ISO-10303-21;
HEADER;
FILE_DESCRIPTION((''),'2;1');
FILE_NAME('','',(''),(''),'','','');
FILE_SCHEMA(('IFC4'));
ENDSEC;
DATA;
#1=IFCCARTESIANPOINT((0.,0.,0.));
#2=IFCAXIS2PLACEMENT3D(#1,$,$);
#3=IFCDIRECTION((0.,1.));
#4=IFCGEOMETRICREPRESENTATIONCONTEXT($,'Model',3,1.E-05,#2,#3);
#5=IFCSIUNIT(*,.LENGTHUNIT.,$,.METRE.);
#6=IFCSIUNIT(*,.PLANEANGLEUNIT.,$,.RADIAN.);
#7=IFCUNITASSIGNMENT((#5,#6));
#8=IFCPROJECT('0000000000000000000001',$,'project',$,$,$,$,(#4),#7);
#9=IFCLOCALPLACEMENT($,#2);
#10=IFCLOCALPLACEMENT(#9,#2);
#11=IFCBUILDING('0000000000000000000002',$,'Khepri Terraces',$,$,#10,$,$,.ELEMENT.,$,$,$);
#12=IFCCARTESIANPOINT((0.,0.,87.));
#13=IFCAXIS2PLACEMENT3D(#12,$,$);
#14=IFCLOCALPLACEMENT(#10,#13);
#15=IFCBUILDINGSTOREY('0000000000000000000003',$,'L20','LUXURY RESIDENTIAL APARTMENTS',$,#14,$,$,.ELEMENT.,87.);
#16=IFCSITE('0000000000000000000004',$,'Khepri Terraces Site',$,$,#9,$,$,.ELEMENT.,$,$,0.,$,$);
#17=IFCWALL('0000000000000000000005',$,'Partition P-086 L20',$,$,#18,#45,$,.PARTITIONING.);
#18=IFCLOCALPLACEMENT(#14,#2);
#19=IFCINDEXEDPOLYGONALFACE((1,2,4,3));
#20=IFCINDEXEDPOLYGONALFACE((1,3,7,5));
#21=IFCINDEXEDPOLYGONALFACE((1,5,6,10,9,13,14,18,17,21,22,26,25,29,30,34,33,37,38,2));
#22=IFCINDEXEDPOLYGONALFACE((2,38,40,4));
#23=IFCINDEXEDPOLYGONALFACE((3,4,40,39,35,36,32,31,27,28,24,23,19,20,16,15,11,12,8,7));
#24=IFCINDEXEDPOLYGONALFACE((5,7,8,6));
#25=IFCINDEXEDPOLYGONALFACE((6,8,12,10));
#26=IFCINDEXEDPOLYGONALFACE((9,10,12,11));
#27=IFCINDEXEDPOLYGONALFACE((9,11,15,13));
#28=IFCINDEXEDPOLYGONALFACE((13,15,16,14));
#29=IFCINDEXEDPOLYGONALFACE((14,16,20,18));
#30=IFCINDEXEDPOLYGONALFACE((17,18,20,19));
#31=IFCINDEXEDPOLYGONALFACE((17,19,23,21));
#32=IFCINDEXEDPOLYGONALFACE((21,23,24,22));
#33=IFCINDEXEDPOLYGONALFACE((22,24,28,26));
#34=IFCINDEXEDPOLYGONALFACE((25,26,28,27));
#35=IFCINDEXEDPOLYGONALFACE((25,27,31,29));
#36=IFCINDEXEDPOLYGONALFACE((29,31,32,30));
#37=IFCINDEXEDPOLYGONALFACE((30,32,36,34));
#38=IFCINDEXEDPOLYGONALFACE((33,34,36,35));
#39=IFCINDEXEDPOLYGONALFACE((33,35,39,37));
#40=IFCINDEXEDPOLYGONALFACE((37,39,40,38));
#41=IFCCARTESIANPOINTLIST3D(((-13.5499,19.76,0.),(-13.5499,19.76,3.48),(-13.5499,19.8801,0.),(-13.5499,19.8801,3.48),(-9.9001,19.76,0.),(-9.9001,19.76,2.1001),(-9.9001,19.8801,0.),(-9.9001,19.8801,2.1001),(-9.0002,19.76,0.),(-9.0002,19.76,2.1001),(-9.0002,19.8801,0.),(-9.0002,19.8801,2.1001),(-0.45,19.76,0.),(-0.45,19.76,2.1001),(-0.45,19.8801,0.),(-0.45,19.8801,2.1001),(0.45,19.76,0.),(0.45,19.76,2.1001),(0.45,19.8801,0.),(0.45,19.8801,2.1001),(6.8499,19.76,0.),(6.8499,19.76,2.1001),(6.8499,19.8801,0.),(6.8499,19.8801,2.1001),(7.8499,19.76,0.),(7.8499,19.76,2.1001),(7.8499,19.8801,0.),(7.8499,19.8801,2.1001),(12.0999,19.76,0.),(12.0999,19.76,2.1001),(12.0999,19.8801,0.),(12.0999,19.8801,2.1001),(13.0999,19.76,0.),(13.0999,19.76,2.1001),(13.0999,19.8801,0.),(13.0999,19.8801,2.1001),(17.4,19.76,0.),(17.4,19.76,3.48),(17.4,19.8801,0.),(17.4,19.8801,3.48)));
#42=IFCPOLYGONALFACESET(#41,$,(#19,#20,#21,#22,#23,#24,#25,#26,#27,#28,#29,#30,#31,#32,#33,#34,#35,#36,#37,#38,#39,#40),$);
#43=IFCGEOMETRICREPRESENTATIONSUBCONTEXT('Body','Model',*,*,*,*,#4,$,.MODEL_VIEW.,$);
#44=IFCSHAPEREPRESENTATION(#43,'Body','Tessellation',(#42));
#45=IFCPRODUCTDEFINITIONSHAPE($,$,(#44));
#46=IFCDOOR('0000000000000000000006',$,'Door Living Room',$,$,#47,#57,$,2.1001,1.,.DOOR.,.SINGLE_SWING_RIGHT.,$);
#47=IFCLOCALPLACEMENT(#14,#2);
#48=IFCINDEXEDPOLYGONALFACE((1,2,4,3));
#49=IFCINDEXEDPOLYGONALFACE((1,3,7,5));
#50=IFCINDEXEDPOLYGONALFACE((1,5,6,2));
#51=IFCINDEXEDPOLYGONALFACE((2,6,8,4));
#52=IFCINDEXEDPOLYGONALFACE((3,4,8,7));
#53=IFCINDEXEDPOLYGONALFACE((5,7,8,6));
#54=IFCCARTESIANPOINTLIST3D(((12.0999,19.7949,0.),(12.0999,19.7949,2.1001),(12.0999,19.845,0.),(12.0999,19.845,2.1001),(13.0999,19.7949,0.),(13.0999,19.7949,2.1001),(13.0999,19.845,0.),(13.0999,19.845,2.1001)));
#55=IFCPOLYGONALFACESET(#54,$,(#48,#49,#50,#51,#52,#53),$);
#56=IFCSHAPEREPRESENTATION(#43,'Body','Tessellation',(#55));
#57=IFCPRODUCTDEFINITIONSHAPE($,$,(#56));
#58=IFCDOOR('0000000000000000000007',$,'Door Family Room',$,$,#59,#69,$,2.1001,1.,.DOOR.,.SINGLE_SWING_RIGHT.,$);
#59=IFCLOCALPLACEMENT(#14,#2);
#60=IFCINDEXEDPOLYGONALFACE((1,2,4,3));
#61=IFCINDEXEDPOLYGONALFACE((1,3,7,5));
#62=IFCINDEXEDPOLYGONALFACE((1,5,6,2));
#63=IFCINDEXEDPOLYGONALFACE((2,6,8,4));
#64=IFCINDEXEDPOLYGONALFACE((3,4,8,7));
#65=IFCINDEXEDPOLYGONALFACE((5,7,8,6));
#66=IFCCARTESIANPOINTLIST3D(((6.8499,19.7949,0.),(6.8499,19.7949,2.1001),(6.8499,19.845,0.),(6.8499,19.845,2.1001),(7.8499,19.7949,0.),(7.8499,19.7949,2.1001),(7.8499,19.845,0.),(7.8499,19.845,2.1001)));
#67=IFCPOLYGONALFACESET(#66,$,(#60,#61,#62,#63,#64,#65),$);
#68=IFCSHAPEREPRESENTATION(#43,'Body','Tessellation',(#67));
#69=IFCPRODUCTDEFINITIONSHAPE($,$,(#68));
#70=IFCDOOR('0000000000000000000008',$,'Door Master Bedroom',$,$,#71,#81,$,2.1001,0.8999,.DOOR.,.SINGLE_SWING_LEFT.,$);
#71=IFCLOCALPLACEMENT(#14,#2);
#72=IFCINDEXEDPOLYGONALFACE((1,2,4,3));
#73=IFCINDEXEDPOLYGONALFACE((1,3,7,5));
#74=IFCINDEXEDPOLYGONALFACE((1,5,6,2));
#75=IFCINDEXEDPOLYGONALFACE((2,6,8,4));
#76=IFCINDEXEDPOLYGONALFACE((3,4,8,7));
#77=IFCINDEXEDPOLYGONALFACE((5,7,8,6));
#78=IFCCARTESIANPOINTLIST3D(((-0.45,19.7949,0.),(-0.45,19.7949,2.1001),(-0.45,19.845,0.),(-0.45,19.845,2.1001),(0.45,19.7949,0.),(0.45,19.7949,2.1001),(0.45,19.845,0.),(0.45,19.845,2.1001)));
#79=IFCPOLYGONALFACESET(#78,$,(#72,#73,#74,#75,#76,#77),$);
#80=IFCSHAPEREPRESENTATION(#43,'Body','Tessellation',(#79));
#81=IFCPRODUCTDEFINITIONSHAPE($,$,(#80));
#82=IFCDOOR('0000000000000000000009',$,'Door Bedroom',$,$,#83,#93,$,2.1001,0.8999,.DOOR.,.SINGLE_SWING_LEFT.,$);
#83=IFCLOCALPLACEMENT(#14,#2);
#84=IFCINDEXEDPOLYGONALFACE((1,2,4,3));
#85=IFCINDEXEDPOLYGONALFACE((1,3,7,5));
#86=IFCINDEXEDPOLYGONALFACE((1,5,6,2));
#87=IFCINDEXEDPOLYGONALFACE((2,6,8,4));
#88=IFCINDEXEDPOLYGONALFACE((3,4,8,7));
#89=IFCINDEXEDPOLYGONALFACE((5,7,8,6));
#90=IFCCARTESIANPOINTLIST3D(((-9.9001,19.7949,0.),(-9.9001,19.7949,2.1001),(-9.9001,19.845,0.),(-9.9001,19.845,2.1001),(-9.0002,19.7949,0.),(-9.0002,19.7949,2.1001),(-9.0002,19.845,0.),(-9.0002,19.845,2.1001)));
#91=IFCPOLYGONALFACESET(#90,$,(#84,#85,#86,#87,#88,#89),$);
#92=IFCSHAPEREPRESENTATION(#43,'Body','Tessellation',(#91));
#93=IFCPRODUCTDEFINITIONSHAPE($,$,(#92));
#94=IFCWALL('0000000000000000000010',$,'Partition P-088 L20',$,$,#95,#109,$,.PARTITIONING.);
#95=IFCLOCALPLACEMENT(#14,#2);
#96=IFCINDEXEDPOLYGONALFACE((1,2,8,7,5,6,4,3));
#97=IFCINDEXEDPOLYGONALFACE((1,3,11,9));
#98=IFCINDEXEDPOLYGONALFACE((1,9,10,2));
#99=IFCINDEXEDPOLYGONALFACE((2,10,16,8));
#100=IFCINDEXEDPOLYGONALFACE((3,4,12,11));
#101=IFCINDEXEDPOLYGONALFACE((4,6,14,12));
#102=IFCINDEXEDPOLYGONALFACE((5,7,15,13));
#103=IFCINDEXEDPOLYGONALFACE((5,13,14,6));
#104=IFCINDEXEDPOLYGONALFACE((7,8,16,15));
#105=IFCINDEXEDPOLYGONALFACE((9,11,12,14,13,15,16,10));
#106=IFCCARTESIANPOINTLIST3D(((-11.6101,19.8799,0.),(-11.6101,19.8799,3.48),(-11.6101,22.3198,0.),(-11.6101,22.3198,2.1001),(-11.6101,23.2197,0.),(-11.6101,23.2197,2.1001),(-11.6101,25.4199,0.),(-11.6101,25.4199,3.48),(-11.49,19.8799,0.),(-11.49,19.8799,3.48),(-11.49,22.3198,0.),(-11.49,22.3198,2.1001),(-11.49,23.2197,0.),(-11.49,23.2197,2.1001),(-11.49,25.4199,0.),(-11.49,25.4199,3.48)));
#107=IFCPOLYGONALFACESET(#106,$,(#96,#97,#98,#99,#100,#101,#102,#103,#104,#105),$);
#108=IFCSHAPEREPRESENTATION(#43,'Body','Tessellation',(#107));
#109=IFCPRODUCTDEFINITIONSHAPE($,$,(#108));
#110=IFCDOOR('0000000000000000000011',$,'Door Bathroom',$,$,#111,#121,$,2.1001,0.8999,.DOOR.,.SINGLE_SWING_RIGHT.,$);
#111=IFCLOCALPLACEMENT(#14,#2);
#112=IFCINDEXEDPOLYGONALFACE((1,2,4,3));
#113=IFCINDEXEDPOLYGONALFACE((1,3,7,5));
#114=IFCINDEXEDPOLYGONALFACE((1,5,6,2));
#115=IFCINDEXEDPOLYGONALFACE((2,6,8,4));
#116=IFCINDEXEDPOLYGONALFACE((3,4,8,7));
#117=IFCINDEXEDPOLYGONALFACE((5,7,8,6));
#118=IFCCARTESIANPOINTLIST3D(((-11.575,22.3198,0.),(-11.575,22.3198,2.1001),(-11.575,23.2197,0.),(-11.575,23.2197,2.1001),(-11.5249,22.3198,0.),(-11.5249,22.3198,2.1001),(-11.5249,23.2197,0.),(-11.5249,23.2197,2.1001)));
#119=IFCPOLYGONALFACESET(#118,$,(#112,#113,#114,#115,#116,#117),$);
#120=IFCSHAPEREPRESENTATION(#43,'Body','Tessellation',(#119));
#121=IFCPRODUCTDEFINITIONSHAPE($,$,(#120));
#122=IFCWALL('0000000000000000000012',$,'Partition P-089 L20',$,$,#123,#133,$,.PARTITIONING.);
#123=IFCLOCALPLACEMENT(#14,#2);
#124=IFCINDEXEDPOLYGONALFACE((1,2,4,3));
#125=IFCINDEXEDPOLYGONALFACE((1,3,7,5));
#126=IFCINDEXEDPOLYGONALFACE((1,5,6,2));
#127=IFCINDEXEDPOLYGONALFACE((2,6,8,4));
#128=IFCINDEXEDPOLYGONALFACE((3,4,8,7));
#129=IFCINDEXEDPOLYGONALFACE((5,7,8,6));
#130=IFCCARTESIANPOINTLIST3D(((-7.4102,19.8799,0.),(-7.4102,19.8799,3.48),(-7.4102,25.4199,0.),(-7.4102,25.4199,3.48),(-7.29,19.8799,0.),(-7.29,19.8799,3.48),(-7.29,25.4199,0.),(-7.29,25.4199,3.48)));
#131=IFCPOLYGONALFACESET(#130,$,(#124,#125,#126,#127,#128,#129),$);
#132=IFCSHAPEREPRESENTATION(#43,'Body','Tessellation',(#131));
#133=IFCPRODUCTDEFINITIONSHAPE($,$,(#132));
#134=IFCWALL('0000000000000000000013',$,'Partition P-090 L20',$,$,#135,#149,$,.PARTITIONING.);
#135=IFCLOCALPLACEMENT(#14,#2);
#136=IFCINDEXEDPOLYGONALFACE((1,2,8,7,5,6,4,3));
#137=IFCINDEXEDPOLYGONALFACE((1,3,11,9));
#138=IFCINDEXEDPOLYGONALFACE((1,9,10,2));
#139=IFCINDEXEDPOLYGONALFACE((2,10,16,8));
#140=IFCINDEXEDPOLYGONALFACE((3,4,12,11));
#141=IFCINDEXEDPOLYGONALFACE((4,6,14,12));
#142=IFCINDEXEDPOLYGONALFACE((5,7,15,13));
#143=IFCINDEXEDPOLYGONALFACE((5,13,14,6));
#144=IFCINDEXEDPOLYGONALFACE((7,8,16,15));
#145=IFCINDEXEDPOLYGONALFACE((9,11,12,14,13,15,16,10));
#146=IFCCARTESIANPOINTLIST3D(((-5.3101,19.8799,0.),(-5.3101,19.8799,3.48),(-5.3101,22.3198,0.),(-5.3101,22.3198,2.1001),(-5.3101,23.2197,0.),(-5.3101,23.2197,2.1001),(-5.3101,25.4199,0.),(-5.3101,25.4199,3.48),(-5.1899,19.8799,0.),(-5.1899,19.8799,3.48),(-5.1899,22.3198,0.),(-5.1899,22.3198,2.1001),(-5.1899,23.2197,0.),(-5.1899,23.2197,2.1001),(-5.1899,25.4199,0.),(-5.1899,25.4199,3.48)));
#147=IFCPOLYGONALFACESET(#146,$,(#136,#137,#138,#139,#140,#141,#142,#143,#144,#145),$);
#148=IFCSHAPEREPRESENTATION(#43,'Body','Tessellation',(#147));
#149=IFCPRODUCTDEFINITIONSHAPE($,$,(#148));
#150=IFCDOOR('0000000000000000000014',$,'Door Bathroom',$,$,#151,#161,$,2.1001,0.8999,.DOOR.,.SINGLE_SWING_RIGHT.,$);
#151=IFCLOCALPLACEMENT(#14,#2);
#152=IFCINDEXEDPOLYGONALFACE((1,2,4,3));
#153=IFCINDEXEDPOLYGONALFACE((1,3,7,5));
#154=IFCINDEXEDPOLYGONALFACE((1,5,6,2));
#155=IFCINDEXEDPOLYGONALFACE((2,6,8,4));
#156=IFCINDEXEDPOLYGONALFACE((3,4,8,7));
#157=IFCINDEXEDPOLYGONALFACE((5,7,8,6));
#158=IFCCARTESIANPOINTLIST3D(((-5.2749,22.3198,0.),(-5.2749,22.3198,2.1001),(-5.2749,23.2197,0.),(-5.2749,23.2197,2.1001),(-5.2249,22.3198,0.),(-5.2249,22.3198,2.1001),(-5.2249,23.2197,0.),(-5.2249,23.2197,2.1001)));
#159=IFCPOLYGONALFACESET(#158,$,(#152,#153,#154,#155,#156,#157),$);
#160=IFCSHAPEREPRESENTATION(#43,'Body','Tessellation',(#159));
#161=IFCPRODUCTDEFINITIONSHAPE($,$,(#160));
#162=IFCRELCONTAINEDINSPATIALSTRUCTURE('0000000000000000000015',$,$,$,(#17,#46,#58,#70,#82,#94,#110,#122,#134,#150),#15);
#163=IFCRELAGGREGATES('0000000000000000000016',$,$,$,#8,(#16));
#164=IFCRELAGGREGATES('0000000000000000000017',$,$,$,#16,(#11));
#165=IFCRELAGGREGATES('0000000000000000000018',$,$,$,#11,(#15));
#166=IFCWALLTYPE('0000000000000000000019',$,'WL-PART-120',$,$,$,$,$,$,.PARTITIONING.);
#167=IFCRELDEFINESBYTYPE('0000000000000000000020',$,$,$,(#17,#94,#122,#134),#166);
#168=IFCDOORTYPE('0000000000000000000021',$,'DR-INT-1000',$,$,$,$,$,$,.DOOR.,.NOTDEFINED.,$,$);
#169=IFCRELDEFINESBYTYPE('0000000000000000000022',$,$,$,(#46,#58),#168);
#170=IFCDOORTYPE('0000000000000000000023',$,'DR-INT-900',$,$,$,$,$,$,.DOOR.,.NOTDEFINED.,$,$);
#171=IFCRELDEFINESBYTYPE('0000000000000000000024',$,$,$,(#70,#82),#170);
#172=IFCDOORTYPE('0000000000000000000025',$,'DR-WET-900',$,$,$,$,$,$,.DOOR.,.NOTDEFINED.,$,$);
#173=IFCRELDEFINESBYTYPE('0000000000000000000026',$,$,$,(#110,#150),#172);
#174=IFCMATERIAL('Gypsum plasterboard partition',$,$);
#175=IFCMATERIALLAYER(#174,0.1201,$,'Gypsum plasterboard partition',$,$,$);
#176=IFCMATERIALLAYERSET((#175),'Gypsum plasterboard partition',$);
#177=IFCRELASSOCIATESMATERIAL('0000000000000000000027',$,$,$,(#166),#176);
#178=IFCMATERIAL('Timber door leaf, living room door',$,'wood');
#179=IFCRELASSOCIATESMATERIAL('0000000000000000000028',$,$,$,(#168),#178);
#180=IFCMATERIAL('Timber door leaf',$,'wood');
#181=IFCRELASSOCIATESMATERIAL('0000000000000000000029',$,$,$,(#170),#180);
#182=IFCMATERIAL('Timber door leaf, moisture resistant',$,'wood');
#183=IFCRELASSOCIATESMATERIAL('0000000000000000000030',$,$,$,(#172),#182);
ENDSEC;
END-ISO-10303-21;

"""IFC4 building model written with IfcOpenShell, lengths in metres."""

from ifc_helpers import new_model, si_unit, direction, frame, frame_2d, origin, place, context, subcontext, project, spatial, rectangle, extrude, material, layer, layer_set, type_object, element, fill, save


model = new_model("IFC4")

# Units and contexts
model_context = context("Model", 3, precision=1e-05, world=origin(), true_north=direction((0.0, 1.0)))
body_context = subcontext(model_context, "Body", "Model", "MODEL_VIEW")
ifc_project = project(units=[si_unit("LENGTHUNIT", "METRE"), si_unit("PLANEANGLEUNIT", "RADIAN")], contexts=[model_context])

# Site, building, storey
site_placement = place(None, origin())
site = spatial("IfcSite", under=ifc_project, at=site_placement, Name="Khepri Terraces Site", CompositionType="ELEMENT", RefElevation=0.0)
building_placement = place(site_placement, origin())
building = spatial("IfcBuilding", under=site, at=building_placement, Name="Khepri Terraces", CompositionType="ELEMENT")
storey_placement = place(building_placement, frame((0.0, 0.0, 87.0)))
storey = spatial("IfcBuildingStorey", under=building, at=storey_placement, Name="L20", Description="LUXURY RESIDENTIAL APARTMENTS", CompositionType="ELEMENT", Elevation=87.0)

# Wall, openings, doors
ifc_material_1 = material(Name="Gypsum plasterboard partition")
ifc_layer_1 = layer(ifc_material_1, 0.1201, Name="Gypsum plasterboard partition")
ifc_layer_set_1 = layer_set([ifc_layer_1], Name="Gypsum plasterboard partition")
wall_type_1 = type_object("IfcWallType", Name="WL-PART-120", PredefinedType="PARTITIONING", material=ifc_layer_set_1)
wall_1_placement = place(storey_placement, frame((-13.55, 19.8201, 0.0), z_axis=(0.0, 0.0, 1.0), x_axis=(1.0, 0.0, 0.0)))
wall_1 = element("IfcWall", 1, at=wall_1_placement, inside=storey, type_object=wall_type_1, Name="Partition P-086 L20", PredefinedType="PARTITIONING", context=body_context, shape_type="SweptSolid", body=[
    extrude(rectangle(XDim=30.95, YDim=0.1201, at=frame_2d((15.4751, 0.0))), origin(), (0.0, 0.0, 1.0), 3.48),
])
opening_1_placement = place(wall_1_placement, frame((25.6499, 0.0, 0.0)))
opening_1 = element("IfcOpeningElement", 2, at=opening_1_placement, cuts=wall_1, PredefinedType="OPENING", context=body_context, shape_type="SweptSolid", body=[
    extrude(rectangle(XDim=1.0, YDim=2.1001, at=frame_2d((0.5, 1.05))), frame((0.0, 0.0701, 0.0), z_axis=(0.0, -1.0, 0.0), x_axis=(1.0, 0.0, 0.0)), (0.0, 0.0, 1.0), 0.1401),
])
opening_2_placement = place(wall_1_placement, frame((20.3999, 0.0, 0.0)))
opening_2 = element("IfcOpeningElement", 3, at=opening_2_placement, cuts=wall_1, PredefinedType="OPENING", context=body_context, shape_type="SweptSolid", body=[
    extrude(rectangle(XDim=1.0, YDim=2.1001, at=frame_2d((0.5, 1.05))), frame((0.0, 0.0701, 0.0), z_axis=(0.0, -1.0, 0.0), x_axis=(1.0, 0.0, 0.0)), (0.0, 0.0, 1.0), 0.1401),
])
opening_3_placement = place(wall_1_placement, frame((13.1001, 0.0, 0.0)))
opening_3 = element("IfcOpeningElement", 4, at=opening_3_placement, cuts=wall_1, PredefinedType="OPENING", context=body_context, shape_type="SweptSolid", body=[
    extrude(rectangle(XDim=0.8999, YDim=2.1001, at=frame_2d((0.45, 1.05))), frame((0.0, 0.0701, 0.0), z_axis=(0.0, -1.0, 0.0), x_axis=(1.0, 0.0, 0.0)), (0.0, 0.0, 1.0), 0.1401),
])
opening_4_placement = place(wall_1_placement, frame((3.6499, 0.0, 0.0)))
opening_4 = element("IfcOpeningElement", 5, at=opening_4_placement, cuts=wall_1, PredefinedType="OPENING", context=body_context, shape_type="SweptSolid", body=[
    extrude(rectangle(XDim=0.8999, YDim=2.1001, at=frame_2d((0.45, 1.05))), frame((0.0, 0.0701, 0.0), z_axis=(0.0, -1.0, 0.0), x_axis=(1.0, 0.0, 0.0)), (0.0, 0.0, 1.0), 0.1401),
])
ifc_material_2 = material(Name="Timber door leaf, living room door", Category="wood")
door_type_1 = type_object("IfcDoorType", Name="DR-INT-1000", OperationType="NOTDEFINED", PredefinedType="DOOR", material=ifc_material_2)
door_1_placement = place(opening_1_placement, origin())
door_1 = element("IfcDoor", 6, at=door_1_placement, inside=storey, type_object=door_type_1, Name="Door Living Room", OperationType="SINGLE_SWING_RIGHT", OverallHeight=2.1001, OverallWidth=1.0, PredefinedType="DOOR", context=body_context, shape_type="SweptSolid", body=[
    extrude(rectangle(XDim=1.0, YDim=2.1001, at=frame_2d((0.5, 1.05))), frame((0.0, 0.0249, 0.0), z_axis=(0.0, -1.0, 0.0), x_axis=(1.0, 0.0, 0.0)), (0.0, 0.0, 1.0), 0.05),
])
fill(opening_1, door_1)
door_2_placement = place(opening_2_placement, origin())
door_2 = element("IfcDoor", 7, at=door_2_placement, inside=storey, type_object=door_type_1, Name="Door Family Room", OperationType="SINGLE_SWING_RIGHT", OverallHeight=2.1001, OverallWidth=1.0, PredefinedType="DOOR", context=body_context, shape_type="SweptSolid", body=[
    extrude(rectangle(XDim=1.0, YDim=2.1001, at=frame_2d((0.5, 1.05))), frame((0.0, 0.0249, 0.0), z_axis=(0.0, -1.0, 0.0), x_axis=(1.0, 0.0, 0.0)), (0.0, 0.0, 1.0), 0.05),
])
fill(opening_2, door_2)
ifc_material_3 = material(Name="Timber door leaf", Category="wood")
door_type_2 = type_object("IfcDoorType", Name="DR-INT-900", OperationType="NOTDEFINED", PredefinedType="DOOR", material=ifc_material_3)
door_3_placement = place(opening_3_placement, origin())
door_3 = element("IfcDoor", 8, at=door_3_placement, inside=storey, type_object=door_type_2, Name="Door Master Bedroom", OperationType="SINGLE_SWING_LEFT", OverallHeight=2.1001, OverallWidth=0.8999, PredefinedType="DOOR", context=body_context, shape_type="SweptSolid", body=[
    extrude(rectangle(XDim=0.8999, YDim=2.1001, at=frame_2d((0.45, 1.05))), frame((0.0, 0.0249, 0.0), z_axis=(0.0, -1.0, 0.0), x_axis=(1.0, 0.0, 0.0)), (0.0, 0.0, 1.0), 0.05),
])
fill(opening_3, door_3)
door_4_placement = place(opening_4_placement, origin())
door_4 = element("IfcDoor", 9, at=door_4_placement, inside=storey, type_object=door_type_2, Name="Door Bedroom", OperationType="SINGLE_SWING_LEFT", OverallHeight=2.1001, OverallWidth=0.8999, PredefinedType="DOOR", context=body_context, shape_type="SweptSolid", body=[
    extrude(rectangle(XDim=0.8999, YDim=2.1001, at=frame_2d((0.45, 1.05))), frame((0.0, 0.0249, 0.0), z_axis=(0.0, -1.0, 0.0), x_axis=(1.0, 0.0, 0.0)), (0.0, 0.0, 1.0), 0.05),
])
fill(opening_4, door_4)

# Wall, opening, door
wall_2_placement = place(storey_placement, frame((-11.55, 19.8799, 0.0), z_axis=(0.0, 0.0, 1.0), x_axis=(0.0, 1.0, 0.0)))
wall_2 = element("IfcWall", 10, at=wall_2_placement, inside=storey, type_object=wall_type_1, Name="Partition P-088 L20", PredefinedType="PARTITIONING", context=body_context, shape_type="SweptSolid", body=[
    extrude(rectangle(XDim=5.54, YDim=0.1201, at=frame_2d((2.77, 0.0))), origin(), (0.0, 0.0, 1.0), 3.48),
])
opening_5_placement = place(wall_2_placement, frame((2.4399, 0.0, 0.0)))
opening_5 = element("IfcOpeningElement", 11, at=opening_5_placement, cuts=wall_2, PredefinedType="OPENING", context=body_context, shape_type="SweptSolid", body=[
    extrude(rectangle(XDim=0.8999, YDim=2.1001, at=frame_2d((0.45, 1.05))), frame((0.0, 0.0701, 0.0), z_axis=(0.0, -1.0, 0.0), x_axis=(1.0, 0.0, 0.0)), (0.0, 0.0, 1.0), 0.1401),
])
ifc_material_4 = material(Name="Timber door leaf, moisture resistant", Category="wood")
door_type_3 = type_object("IfcDoorType", Name="DR-WET-900", OperationType="NOTDEFINED", PredefinedType="DOOR", material=ifc_material_4)
door_5_placement = place(opening_5_placement, origin())
door_5 = element("IfcDoor", 12, at=door_5_placement, inside=storey, type_object=door_type_3, Name="Door Bathroom", OperationType="SINGLE_SWING_RIGHT", OverallHeight=2.1001, OverallWidth=0.8999, PredefinedType="DOOR", context=body_context, shape_type="SweptSolid", body=[
    extrude(rectangle(XDim=0.8999, YDim=2.1001, at=frame_2d((0.45, 1.05))), frame((0.0, 0.0249, 0.0), z_axis=(0.0, -1.0, 0.0), x_axis=(1.0, 0.0, 0.0)), (0.0, 0.0, 1.0), 0.05),
])
fill(opening_5, door_5)

# Wall
wall_3_placement = place(storey_placement, frame((-7.3501, 19.8799, 0.0), z_axis=(0.0, 0.0, 1.0), x_axis=(0.0, 1.0, 0.0)))
element("IfcWall", 13, at=wall_3_placement, inside=storey, type_object=wall_type_1, Name="Partition P-089 L20", PredefinedType="PARTITIONING", context=body_context, shape_type="SweptSolid", body=[
    extrude(rectangle(XDim=5.54, YDim=0.1201, at=frame_2d((2.77, 0.0))), origin(), (0.0, 0.0, 1.0), 3.48),
])

# Wall, opening, door
wall_4_placement = place(storey_placement, frame((-5.25, 19.8799, 0.0), z_axis=(0.0, 0.0, 1.0), x_axis=(0.0, 1.0, 0.0)))
wall_4 = element("IfcWall", 14, at=wall_4_placement, inside=storey, type_object=wall_type_1, Name="Partition P-090 L20", PredefinedType="PARTITIONING", context=body_context, shape_type="SweptSolid", body=[
    extrude(rectangle(XDim=5.54, YDim=0.1201, at=frame_2d((2.77, 0.0))), origin(), (0.0, 0.0, 1.0), 3.48),
])
opening_6_placement = place(wall_4_placement, frame((2.4399, 0.0, 0.0)))
opening_6 = element("IfcOpeningElement", 15, at=opening_6_placement, cuts=wall_4, PredefinedType="OPENING", context=body_context, shape_type="SweptSolid", body=[
    extrude(rectangle(XDim=0.8999, YDim=2.1001, at=frame_2d((0.45, 1.05))), frame((0.0, 0.0701, 0.0), z_axis=(0.0, -1.0, 0.0), x_axis=(1.0, 0.0, 0.0)), (0.0, 0.0, 1.0), 0.1401),
])
door_6_placement = place(opening_6_placement, origin())
door_6 = element("IfcDoor", 16, at=door_6_placement, inside=storey, type_object=door_type_3, Name="Door Bathroom", OperationType="SINGLE_SWING_RIGHT", OverallHeight=2.1001, OverallWidth=0.8999, PredefinedType="DOOR", context=body_context, shape_type="SweptSolid", body=[
    extrude(rectangle(XDim=0.8999, YDim=2.1001, at=frame_2d((0.45, 1.05))), frame((0.0, 0.0249, 0.0), z_axis=(0.0, -1.0, 0.0), x_axis=(1.0, 0.0, 0.0)), (0.0, 0.0, 1.0), 0.05),
])
fill(opening_6, door_6)

save(model, "model.ifc")
